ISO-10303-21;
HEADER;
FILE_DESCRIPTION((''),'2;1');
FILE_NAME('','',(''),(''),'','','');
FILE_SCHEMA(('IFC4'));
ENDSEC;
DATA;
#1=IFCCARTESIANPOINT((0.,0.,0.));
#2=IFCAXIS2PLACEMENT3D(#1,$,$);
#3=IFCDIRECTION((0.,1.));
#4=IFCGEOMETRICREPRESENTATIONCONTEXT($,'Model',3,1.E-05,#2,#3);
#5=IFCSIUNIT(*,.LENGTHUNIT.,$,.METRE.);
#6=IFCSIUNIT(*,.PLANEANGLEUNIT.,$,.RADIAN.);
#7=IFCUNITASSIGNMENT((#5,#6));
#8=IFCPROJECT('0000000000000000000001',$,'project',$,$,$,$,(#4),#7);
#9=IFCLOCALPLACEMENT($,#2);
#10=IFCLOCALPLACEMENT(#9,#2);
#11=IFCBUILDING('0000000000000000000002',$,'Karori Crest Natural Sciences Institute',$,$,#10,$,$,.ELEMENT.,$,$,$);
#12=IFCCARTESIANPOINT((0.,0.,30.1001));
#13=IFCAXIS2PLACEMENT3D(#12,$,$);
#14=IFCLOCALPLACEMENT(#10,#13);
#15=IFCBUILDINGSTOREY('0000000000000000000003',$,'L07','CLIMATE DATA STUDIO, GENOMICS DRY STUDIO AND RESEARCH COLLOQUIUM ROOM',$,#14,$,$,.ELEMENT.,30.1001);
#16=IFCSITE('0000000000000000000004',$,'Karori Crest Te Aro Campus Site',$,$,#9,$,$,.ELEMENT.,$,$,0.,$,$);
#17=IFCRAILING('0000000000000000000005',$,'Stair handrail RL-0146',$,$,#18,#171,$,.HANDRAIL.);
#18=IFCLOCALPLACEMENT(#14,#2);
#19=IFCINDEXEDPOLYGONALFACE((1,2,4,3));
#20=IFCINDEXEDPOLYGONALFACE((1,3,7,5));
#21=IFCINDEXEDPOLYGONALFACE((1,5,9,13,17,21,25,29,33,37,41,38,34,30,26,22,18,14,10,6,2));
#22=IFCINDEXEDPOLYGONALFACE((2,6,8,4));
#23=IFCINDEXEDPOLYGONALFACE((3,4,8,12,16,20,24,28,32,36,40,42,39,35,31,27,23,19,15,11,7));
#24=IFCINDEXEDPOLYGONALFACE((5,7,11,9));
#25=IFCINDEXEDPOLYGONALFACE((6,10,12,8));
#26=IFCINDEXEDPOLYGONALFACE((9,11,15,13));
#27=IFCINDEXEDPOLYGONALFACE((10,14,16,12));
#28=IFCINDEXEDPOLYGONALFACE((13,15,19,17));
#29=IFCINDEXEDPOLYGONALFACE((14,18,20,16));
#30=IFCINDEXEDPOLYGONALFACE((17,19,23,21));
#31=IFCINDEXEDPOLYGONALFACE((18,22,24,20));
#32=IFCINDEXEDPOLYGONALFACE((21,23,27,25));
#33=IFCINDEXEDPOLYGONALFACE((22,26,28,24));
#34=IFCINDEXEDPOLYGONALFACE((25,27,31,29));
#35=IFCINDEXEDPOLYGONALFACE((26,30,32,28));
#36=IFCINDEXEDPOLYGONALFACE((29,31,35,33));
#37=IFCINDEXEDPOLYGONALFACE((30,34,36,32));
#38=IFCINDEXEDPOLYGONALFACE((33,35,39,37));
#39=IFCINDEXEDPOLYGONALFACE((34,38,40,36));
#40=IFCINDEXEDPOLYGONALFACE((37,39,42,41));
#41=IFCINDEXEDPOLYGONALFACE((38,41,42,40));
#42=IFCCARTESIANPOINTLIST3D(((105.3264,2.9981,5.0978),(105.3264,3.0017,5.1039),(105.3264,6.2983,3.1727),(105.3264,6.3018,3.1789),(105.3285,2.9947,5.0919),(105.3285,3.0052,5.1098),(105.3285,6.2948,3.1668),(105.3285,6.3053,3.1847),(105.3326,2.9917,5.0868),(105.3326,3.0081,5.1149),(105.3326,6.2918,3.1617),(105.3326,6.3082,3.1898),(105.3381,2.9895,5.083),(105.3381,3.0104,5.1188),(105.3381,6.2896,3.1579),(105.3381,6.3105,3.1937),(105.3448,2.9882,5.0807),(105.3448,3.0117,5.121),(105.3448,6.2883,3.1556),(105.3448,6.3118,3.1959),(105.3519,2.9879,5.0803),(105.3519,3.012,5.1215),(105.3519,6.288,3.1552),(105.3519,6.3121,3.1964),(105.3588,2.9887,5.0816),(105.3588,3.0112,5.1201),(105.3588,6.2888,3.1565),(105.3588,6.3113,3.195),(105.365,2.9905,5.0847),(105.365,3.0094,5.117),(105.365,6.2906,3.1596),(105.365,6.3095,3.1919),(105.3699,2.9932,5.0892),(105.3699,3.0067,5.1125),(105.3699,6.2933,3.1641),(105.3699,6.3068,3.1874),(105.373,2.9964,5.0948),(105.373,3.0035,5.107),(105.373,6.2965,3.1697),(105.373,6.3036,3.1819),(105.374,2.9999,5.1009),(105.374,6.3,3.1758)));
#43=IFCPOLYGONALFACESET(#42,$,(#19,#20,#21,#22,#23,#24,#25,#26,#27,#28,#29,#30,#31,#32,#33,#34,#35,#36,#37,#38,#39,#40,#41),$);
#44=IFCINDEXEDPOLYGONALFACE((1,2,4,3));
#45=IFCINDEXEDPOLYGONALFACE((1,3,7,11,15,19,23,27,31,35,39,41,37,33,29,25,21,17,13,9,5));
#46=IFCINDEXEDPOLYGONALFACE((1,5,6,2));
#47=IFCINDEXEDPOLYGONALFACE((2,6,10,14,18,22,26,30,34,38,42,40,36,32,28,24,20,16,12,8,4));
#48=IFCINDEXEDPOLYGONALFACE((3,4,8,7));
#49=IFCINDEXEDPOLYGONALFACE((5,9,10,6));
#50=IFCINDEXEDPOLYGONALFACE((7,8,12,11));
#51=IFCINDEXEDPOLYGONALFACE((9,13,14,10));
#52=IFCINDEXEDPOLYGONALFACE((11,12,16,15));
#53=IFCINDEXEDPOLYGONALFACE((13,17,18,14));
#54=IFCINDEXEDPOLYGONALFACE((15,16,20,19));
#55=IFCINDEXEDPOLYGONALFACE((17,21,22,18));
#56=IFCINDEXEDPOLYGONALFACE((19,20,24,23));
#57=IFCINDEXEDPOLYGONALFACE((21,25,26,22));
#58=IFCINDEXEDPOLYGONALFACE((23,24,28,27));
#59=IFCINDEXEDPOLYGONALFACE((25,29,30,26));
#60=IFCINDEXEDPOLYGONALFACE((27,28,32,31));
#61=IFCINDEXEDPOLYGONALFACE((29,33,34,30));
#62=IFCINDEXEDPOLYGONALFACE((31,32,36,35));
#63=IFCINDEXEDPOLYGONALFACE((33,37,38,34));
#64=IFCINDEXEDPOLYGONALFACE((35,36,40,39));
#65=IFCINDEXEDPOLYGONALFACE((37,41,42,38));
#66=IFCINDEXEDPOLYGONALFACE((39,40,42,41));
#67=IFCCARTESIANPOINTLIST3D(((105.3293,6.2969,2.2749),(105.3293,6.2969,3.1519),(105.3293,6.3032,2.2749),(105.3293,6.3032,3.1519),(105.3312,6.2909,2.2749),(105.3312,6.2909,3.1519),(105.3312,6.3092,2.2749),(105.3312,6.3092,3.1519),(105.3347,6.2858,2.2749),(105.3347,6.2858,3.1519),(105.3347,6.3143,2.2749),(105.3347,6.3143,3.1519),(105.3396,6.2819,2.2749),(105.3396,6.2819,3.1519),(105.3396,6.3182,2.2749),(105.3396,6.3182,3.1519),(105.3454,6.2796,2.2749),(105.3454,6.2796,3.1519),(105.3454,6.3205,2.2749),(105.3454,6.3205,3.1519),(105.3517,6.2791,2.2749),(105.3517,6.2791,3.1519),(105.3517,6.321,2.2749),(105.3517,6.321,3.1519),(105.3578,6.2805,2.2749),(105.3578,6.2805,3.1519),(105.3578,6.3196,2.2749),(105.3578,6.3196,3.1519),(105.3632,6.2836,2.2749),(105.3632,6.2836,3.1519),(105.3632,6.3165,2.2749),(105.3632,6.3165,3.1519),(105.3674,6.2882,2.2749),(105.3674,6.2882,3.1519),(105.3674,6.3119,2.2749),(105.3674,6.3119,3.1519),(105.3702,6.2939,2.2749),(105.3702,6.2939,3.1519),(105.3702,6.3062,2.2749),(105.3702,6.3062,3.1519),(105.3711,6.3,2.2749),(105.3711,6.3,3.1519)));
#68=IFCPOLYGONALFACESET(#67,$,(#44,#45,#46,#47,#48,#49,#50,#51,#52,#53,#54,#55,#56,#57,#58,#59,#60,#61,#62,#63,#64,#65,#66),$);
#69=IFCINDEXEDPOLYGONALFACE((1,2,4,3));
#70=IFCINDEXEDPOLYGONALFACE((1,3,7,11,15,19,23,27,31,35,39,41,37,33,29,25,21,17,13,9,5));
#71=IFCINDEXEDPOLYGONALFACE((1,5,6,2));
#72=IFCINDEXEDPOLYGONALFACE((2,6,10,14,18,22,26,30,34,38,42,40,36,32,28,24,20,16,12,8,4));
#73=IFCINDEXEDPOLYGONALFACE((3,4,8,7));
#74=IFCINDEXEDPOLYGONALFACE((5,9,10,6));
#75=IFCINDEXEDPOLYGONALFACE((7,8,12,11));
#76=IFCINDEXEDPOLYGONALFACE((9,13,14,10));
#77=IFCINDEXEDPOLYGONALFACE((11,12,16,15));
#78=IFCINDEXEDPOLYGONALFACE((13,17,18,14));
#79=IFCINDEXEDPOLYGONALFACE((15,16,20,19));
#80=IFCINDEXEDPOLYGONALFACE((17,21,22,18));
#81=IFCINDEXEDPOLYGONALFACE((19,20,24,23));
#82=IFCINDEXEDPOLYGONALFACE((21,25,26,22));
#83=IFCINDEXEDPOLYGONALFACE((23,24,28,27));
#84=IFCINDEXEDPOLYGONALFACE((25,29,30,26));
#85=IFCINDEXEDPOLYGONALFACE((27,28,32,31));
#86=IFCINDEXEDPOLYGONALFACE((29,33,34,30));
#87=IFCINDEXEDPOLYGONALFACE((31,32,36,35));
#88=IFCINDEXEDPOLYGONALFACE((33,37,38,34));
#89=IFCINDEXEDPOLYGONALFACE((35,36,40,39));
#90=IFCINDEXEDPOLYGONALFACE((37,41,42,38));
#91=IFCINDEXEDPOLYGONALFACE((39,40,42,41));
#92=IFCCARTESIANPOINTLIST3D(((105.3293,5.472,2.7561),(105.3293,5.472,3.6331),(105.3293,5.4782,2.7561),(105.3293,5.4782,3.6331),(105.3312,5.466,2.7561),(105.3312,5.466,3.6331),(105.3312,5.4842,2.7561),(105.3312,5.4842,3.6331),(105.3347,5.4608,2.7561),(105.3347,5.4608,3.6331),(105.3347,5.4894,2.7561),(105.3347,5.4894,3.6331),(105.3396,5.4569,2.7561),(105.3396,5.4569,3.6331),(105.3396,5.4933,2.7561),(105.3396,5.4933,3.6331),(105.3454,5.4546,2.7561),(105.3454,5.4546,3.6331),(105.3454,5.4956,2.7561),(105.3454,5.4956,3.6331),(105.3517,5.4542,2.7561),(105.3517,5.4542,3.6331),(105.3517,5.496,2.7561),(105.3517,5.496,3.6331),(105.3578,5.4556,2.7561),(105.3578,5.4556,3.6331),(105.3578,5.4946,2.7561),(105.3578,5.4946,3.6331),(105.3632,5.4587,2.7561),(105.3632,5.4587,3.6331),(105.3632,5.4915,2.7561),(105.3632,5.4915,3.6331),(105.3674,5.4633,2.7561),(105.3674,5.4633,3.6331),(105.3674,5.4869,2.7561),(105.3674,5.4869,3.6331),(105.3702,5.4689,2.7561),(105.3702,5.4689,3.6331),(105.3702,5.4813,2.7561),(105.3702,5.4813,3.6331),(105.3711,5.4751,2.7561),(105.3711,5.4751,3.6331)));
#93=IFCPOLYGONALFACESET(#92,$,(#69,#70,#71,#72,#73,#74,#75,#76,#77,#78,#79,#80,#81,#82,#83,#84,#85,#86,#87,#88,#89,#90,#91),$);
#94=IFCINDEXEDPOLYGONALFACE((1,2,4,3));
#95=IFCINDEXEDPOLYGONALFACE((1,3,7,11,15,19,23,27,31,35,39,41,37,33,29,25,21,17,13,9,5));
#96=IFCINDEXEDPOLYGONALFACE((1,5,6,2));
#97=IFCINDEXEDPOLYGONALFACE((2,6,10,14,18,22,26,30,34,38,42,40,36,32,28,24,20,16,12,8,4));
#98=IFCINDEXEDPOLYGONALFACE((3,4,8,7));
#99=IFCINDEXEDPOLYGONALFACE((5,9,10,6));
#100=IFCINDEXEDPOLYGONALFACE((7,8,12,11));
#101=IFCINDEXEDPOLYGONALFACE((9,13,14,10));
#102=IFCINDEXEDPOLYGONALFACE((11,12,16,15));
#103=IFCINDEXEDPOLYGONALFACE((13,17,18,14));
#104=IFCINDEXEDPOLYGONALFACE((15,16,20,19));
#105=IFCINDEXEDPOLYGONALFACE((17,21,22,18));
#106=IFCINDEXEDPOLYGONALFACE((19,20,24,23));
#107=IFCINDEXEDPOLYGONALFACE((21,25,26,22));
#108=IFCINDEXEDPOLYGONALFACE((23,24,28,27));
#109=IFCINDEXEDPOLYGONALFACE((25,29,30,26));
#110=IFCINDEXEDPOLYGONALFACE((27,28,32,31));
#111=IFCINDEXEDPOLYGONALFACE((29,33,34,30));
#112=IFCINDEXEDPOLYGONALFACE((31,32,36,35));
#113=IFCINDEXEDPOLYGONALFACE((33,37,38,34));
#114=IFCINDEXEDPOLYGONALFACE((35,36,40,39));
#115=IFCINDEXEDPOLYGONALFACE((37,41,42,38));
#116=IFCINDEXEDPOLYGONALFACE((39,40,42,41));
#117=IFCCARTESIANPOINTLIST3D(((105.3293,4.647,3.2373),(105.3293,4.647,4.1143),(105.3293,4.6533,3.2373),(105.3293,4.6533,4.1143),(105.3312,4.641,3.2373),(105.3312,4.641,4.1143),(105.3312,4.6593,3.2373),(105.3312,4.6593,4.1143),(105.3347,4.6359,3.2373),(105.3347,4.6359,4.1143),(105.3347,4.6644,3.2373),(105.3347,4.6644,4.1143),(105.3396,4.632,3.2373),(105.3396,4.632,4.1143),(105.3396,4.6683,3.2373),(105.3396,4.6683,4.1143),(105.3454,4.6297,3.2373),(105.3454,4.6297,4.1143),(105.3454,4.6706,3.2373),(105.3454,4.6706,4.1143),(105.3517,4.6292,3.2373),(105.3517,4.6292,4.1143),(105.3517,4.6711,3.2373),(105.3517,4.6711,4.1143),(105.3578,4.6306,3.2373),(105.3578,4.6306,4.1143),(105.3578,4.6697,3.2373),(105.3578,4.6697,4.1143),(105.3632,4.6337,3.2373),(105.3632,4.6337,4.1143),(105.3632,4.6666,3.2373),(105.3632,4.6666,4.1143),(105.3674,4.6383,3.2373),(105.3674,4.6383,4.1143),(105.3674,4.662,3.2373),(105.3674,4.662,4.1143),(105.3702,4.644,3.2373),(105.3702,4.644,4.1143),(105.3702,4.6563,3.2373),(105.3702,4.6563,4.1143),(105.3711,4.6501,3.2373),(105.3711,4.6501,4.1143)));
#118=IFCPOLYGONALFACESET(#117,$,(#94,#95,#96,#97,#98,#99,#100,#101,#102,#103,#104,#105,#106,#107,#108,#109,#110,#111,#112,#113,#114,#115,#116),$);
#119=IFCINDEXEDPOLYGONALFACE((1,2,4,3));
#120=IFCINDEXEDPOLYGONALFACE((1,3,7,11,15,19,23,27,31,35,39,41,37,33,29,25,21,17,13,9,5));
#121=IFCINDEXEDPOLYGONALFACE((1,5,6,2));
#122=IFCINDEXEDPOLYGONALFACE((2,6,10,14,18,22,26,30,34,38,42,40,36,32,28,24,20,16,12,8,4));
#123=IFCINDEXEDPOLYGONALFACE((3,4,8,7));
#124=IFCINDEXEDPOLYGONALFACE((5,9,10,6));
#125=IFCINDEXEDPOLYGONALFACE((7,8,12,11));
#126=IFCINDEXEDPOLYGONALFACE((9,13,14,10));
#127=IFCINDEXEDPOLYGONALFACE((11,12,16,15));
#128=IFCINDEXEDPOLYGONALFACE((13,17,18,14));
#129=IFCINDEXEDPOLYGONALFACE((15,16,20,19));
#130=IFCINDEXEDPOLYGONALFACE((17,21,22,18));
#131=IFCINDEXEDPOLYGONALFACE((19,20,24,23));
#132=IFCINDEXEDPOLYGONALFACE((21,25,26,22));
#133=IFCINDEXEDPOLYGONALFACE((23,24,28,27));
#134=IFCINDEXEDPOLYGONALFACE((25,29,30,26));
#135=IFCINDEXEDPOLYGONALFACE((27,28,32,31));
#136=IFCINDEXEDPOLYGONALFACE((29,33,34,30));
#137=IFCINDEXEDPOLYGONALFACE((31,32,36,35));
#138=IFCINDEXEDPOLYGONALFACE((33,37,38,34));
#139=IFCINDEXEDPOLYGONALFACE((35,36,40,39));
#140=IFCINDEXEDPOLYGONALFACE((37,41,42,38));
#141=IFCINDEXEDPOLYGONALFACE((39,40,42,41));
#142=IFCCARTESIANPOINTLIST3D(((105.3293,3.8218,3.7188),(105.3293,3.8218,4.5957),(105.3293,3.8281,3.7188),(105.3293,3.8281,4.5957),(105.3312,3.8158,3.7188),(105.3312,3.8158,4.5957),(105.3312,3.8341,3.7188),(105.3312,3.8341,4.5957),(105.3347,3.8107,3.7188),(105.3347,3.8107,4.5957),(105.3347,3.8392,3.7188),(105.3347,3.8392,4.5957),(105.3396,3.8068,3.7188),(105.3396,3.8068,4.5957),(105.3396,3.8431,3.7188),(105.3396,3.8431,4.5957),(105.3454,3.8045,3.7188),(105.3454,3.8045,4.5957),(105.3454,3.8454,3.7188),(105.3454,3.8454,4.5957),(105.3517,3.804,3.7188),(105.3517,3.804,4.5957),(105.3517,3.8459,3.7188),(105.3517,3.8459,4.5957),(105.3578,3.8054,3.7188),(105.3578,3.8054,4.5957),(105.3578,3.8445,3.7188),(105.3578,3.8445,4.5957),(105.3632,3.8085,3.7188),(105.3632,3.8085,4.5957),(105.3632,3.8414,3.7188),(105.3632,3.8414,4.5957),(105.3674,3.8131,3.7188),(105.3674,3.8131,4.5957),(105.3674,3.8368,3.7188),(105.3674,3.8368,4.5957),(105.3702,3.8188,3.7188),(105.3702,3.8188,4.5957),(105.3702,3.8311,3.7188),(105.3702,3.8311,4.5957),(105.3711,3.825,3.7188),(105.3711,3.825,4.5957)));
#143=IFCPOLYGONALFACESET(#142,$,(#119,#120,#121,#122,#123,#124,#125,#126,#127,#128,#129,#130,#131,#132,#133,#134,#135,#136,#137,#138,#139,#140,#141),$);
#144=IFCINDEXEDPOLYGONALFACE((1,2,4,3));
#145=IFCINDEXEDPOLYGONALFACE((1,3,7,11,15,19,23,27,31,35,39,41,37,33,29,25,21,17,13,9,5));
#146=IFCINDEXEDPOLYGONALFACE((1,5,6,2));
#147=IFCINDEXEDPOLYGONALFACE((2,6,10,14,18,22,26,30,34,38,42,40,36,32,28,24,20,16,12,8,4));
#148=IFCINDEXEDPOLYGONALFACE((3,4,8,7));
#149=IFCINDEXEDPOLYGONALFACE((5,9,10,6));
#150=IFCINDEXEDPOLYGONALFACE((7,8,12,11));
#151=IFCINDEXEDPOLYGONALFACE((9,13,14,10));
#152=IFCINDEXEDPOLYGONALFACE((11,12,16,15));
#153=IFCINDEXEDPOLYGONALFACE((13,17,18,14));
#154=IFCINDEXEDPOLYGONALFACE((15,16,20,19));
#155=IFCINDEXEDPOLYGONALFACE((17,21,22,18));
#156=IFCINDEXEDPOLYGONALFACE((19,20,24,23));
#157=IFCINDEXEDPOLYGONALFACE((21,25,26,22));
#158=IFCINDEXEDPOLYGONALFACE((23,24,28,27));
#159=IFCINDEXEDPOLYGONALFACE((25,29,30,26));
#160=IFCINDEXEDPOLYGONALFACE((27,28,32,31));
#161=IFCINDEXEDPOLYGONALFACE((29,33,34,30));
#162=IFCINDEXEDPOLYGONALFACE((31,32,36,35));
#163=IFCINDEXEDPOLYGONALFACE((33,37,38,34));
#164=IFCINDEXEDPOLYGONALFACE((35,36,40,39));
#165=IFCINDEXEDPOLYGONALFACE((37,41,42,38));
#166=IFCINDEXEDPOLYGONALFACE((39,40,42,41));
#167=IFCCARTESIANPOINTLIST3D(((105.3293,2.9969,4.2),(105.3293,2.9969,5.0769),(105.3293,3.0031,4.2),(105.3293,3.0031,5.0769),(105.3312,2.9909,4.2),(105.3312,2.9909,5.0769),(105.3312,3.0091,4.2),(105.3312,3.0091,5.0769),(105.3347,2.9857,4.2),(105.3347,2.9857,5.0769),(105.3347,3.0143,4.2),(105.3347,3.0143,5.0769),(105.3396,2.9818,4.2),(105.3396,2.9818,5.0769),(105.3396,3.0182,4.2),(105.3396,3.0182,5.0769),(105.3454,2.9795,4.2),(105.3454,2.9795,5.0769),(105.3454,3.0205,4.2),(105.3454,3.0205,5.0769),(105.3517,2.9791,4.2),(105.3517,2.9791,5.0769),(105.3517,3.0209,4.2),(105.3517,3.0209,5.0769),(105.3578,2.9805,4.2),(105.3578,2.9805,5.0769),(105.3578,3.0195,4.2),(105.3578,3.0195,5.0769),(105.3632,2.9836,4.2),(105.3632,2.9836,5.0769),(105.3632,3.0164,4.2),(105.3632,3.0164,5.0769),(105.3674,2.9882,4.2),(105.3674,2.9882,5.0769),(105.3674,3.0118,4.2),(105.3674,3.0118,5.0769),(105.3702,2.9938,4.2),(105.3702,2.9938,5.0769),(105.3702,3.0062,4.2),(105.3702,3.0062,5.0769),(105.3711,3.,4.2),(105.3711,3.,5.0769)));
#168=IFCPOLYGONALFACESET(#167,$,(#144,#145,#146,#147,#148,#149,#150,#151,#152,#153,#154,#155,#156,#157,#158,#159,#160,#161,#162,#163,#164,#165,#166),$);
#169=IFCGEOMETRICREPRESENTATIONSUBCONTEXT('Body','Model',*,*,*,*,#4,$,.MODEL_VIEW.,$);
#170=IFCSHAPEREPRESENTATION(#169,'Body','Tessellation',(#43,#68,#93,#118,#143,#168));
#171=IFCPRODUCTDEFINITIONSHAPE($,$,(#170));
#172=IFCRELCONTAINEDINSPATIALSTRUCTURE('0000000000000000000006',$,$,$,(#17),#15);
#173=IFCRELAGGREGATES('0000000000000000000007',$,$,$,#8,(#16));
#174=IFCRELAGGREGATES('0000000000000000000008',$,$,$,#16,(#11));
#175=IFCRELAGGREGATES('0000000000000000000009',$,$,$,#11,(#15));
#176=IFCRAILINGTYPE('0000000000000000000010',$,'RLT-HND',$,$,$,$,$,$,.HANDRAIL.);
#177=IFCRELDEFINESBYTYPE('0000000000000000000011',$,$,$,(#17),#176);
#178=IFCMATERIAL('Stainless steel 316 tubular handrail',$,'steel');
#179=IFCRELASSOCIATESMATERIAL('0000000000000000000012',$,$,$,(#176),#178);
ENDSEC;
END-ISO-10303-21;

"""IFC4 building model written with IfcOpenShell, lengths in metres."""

from ifc_helpers import new_model, si_unit, direction, frame, origin, origin_2d, place, context, subcontext, project, spatial, circle, extrude, material, type_object, element, save


model = new_model("IFC4")

# Units and contexts
model_context = context("Model", 3, precision=1e-05, world=origin(), true_north=direction((0.0, 1.0)))
body_context = subcontext(model_context, "Body", "Model", "MODEL_VIEW")
ifc_project = project(units=[si_unit("LENGTHUNIT", "METRE"), si_unit("PLANEANGLEUNIT", "RADIAN")], contexts=[model_context])

# Site, building, storey
site_placement = place(None, origin())
site = spatial("IfcSite", under=ifc_project, at=site_placement, Name="Karori Crest Te Aro Campus Site", CompositionType="ELEMENT", RefElevation=0.0)
building_placement = place(site_placement, origin())
building = spatial("IfcBuilding", under=site, at=building_placement, Name="Karori Crest Natural Sciences Institute", CompositionType="ELEMENT")
storey_placement = place(building_placement, frame((0.0, 0.0, 30.1001)))
storey = spatial("IfcBuildingStorey", under=building, at=storey_placement, Name="L07", Description="CLIMATE DATA STUDIO, GENOMICS DRY STUDIO AND RESEARCH COLLOQUIUM ROOM", CompositionType="ELEMENT", Elevation=30.1001)

# Railing
ifc_material_1 = material(Name="Stainless steel 316 tubular handrail", Category="steel")
railing_type_1 = type_object("IfcRailingType", Name="RLT-HND", PredefinedType="HANDRAIL", material=ifc_material_1)
railing_1_placement = place(storey_placement, frame((105.3501, 6.3, 2.2749)))
element("IfcRailing", 1, at=railing_1_placement, inside=storey, type_object=railing_type_1, Name="Stair handrail RL-0146", PredefinedType="HANDRAIL", context=body_context, shape_type="SweptSolid", body=[
    extrude(circle(Radius=0.0239, at=origin_2d()), frame((0.0, 0.0, 0.9009), z_axis=(0.0, -0.863777, 0.503875), x_axis=(1.0, 0.0, 0.0)), (0.0, 0.0, 1.0), 3.8206),
    extrude(circle(Radius=0.021, at=origin_2d()), origin(), (0.0, 0.0, 1.0), 0.877),
    extrude(circle(Radius=0.021, at=origin_2d()), frame((0.0, -0.825, 0.4812)), (0.0, 0.0, 1.0), 0.877),
    extrude(circle(Radius=0.021, at=origin_2d()), frame((0.0, -1.6499, 0.9624)), (0.0, 0.0, 1.0), 0.877),
    extrude(circle(Radius=0.021, at=origin_2d()), frame((0.0, -2.4751, 1.4438)), (0.0, 0.0, 1.0), 0.877),
    extrude(circle(Radius=0.021, at=origin_2d()), frame((0.0, -3.3, 1.925)), (0.0, 0.0, 1.0), 0.877),
])

save(model, "model.ifc")
